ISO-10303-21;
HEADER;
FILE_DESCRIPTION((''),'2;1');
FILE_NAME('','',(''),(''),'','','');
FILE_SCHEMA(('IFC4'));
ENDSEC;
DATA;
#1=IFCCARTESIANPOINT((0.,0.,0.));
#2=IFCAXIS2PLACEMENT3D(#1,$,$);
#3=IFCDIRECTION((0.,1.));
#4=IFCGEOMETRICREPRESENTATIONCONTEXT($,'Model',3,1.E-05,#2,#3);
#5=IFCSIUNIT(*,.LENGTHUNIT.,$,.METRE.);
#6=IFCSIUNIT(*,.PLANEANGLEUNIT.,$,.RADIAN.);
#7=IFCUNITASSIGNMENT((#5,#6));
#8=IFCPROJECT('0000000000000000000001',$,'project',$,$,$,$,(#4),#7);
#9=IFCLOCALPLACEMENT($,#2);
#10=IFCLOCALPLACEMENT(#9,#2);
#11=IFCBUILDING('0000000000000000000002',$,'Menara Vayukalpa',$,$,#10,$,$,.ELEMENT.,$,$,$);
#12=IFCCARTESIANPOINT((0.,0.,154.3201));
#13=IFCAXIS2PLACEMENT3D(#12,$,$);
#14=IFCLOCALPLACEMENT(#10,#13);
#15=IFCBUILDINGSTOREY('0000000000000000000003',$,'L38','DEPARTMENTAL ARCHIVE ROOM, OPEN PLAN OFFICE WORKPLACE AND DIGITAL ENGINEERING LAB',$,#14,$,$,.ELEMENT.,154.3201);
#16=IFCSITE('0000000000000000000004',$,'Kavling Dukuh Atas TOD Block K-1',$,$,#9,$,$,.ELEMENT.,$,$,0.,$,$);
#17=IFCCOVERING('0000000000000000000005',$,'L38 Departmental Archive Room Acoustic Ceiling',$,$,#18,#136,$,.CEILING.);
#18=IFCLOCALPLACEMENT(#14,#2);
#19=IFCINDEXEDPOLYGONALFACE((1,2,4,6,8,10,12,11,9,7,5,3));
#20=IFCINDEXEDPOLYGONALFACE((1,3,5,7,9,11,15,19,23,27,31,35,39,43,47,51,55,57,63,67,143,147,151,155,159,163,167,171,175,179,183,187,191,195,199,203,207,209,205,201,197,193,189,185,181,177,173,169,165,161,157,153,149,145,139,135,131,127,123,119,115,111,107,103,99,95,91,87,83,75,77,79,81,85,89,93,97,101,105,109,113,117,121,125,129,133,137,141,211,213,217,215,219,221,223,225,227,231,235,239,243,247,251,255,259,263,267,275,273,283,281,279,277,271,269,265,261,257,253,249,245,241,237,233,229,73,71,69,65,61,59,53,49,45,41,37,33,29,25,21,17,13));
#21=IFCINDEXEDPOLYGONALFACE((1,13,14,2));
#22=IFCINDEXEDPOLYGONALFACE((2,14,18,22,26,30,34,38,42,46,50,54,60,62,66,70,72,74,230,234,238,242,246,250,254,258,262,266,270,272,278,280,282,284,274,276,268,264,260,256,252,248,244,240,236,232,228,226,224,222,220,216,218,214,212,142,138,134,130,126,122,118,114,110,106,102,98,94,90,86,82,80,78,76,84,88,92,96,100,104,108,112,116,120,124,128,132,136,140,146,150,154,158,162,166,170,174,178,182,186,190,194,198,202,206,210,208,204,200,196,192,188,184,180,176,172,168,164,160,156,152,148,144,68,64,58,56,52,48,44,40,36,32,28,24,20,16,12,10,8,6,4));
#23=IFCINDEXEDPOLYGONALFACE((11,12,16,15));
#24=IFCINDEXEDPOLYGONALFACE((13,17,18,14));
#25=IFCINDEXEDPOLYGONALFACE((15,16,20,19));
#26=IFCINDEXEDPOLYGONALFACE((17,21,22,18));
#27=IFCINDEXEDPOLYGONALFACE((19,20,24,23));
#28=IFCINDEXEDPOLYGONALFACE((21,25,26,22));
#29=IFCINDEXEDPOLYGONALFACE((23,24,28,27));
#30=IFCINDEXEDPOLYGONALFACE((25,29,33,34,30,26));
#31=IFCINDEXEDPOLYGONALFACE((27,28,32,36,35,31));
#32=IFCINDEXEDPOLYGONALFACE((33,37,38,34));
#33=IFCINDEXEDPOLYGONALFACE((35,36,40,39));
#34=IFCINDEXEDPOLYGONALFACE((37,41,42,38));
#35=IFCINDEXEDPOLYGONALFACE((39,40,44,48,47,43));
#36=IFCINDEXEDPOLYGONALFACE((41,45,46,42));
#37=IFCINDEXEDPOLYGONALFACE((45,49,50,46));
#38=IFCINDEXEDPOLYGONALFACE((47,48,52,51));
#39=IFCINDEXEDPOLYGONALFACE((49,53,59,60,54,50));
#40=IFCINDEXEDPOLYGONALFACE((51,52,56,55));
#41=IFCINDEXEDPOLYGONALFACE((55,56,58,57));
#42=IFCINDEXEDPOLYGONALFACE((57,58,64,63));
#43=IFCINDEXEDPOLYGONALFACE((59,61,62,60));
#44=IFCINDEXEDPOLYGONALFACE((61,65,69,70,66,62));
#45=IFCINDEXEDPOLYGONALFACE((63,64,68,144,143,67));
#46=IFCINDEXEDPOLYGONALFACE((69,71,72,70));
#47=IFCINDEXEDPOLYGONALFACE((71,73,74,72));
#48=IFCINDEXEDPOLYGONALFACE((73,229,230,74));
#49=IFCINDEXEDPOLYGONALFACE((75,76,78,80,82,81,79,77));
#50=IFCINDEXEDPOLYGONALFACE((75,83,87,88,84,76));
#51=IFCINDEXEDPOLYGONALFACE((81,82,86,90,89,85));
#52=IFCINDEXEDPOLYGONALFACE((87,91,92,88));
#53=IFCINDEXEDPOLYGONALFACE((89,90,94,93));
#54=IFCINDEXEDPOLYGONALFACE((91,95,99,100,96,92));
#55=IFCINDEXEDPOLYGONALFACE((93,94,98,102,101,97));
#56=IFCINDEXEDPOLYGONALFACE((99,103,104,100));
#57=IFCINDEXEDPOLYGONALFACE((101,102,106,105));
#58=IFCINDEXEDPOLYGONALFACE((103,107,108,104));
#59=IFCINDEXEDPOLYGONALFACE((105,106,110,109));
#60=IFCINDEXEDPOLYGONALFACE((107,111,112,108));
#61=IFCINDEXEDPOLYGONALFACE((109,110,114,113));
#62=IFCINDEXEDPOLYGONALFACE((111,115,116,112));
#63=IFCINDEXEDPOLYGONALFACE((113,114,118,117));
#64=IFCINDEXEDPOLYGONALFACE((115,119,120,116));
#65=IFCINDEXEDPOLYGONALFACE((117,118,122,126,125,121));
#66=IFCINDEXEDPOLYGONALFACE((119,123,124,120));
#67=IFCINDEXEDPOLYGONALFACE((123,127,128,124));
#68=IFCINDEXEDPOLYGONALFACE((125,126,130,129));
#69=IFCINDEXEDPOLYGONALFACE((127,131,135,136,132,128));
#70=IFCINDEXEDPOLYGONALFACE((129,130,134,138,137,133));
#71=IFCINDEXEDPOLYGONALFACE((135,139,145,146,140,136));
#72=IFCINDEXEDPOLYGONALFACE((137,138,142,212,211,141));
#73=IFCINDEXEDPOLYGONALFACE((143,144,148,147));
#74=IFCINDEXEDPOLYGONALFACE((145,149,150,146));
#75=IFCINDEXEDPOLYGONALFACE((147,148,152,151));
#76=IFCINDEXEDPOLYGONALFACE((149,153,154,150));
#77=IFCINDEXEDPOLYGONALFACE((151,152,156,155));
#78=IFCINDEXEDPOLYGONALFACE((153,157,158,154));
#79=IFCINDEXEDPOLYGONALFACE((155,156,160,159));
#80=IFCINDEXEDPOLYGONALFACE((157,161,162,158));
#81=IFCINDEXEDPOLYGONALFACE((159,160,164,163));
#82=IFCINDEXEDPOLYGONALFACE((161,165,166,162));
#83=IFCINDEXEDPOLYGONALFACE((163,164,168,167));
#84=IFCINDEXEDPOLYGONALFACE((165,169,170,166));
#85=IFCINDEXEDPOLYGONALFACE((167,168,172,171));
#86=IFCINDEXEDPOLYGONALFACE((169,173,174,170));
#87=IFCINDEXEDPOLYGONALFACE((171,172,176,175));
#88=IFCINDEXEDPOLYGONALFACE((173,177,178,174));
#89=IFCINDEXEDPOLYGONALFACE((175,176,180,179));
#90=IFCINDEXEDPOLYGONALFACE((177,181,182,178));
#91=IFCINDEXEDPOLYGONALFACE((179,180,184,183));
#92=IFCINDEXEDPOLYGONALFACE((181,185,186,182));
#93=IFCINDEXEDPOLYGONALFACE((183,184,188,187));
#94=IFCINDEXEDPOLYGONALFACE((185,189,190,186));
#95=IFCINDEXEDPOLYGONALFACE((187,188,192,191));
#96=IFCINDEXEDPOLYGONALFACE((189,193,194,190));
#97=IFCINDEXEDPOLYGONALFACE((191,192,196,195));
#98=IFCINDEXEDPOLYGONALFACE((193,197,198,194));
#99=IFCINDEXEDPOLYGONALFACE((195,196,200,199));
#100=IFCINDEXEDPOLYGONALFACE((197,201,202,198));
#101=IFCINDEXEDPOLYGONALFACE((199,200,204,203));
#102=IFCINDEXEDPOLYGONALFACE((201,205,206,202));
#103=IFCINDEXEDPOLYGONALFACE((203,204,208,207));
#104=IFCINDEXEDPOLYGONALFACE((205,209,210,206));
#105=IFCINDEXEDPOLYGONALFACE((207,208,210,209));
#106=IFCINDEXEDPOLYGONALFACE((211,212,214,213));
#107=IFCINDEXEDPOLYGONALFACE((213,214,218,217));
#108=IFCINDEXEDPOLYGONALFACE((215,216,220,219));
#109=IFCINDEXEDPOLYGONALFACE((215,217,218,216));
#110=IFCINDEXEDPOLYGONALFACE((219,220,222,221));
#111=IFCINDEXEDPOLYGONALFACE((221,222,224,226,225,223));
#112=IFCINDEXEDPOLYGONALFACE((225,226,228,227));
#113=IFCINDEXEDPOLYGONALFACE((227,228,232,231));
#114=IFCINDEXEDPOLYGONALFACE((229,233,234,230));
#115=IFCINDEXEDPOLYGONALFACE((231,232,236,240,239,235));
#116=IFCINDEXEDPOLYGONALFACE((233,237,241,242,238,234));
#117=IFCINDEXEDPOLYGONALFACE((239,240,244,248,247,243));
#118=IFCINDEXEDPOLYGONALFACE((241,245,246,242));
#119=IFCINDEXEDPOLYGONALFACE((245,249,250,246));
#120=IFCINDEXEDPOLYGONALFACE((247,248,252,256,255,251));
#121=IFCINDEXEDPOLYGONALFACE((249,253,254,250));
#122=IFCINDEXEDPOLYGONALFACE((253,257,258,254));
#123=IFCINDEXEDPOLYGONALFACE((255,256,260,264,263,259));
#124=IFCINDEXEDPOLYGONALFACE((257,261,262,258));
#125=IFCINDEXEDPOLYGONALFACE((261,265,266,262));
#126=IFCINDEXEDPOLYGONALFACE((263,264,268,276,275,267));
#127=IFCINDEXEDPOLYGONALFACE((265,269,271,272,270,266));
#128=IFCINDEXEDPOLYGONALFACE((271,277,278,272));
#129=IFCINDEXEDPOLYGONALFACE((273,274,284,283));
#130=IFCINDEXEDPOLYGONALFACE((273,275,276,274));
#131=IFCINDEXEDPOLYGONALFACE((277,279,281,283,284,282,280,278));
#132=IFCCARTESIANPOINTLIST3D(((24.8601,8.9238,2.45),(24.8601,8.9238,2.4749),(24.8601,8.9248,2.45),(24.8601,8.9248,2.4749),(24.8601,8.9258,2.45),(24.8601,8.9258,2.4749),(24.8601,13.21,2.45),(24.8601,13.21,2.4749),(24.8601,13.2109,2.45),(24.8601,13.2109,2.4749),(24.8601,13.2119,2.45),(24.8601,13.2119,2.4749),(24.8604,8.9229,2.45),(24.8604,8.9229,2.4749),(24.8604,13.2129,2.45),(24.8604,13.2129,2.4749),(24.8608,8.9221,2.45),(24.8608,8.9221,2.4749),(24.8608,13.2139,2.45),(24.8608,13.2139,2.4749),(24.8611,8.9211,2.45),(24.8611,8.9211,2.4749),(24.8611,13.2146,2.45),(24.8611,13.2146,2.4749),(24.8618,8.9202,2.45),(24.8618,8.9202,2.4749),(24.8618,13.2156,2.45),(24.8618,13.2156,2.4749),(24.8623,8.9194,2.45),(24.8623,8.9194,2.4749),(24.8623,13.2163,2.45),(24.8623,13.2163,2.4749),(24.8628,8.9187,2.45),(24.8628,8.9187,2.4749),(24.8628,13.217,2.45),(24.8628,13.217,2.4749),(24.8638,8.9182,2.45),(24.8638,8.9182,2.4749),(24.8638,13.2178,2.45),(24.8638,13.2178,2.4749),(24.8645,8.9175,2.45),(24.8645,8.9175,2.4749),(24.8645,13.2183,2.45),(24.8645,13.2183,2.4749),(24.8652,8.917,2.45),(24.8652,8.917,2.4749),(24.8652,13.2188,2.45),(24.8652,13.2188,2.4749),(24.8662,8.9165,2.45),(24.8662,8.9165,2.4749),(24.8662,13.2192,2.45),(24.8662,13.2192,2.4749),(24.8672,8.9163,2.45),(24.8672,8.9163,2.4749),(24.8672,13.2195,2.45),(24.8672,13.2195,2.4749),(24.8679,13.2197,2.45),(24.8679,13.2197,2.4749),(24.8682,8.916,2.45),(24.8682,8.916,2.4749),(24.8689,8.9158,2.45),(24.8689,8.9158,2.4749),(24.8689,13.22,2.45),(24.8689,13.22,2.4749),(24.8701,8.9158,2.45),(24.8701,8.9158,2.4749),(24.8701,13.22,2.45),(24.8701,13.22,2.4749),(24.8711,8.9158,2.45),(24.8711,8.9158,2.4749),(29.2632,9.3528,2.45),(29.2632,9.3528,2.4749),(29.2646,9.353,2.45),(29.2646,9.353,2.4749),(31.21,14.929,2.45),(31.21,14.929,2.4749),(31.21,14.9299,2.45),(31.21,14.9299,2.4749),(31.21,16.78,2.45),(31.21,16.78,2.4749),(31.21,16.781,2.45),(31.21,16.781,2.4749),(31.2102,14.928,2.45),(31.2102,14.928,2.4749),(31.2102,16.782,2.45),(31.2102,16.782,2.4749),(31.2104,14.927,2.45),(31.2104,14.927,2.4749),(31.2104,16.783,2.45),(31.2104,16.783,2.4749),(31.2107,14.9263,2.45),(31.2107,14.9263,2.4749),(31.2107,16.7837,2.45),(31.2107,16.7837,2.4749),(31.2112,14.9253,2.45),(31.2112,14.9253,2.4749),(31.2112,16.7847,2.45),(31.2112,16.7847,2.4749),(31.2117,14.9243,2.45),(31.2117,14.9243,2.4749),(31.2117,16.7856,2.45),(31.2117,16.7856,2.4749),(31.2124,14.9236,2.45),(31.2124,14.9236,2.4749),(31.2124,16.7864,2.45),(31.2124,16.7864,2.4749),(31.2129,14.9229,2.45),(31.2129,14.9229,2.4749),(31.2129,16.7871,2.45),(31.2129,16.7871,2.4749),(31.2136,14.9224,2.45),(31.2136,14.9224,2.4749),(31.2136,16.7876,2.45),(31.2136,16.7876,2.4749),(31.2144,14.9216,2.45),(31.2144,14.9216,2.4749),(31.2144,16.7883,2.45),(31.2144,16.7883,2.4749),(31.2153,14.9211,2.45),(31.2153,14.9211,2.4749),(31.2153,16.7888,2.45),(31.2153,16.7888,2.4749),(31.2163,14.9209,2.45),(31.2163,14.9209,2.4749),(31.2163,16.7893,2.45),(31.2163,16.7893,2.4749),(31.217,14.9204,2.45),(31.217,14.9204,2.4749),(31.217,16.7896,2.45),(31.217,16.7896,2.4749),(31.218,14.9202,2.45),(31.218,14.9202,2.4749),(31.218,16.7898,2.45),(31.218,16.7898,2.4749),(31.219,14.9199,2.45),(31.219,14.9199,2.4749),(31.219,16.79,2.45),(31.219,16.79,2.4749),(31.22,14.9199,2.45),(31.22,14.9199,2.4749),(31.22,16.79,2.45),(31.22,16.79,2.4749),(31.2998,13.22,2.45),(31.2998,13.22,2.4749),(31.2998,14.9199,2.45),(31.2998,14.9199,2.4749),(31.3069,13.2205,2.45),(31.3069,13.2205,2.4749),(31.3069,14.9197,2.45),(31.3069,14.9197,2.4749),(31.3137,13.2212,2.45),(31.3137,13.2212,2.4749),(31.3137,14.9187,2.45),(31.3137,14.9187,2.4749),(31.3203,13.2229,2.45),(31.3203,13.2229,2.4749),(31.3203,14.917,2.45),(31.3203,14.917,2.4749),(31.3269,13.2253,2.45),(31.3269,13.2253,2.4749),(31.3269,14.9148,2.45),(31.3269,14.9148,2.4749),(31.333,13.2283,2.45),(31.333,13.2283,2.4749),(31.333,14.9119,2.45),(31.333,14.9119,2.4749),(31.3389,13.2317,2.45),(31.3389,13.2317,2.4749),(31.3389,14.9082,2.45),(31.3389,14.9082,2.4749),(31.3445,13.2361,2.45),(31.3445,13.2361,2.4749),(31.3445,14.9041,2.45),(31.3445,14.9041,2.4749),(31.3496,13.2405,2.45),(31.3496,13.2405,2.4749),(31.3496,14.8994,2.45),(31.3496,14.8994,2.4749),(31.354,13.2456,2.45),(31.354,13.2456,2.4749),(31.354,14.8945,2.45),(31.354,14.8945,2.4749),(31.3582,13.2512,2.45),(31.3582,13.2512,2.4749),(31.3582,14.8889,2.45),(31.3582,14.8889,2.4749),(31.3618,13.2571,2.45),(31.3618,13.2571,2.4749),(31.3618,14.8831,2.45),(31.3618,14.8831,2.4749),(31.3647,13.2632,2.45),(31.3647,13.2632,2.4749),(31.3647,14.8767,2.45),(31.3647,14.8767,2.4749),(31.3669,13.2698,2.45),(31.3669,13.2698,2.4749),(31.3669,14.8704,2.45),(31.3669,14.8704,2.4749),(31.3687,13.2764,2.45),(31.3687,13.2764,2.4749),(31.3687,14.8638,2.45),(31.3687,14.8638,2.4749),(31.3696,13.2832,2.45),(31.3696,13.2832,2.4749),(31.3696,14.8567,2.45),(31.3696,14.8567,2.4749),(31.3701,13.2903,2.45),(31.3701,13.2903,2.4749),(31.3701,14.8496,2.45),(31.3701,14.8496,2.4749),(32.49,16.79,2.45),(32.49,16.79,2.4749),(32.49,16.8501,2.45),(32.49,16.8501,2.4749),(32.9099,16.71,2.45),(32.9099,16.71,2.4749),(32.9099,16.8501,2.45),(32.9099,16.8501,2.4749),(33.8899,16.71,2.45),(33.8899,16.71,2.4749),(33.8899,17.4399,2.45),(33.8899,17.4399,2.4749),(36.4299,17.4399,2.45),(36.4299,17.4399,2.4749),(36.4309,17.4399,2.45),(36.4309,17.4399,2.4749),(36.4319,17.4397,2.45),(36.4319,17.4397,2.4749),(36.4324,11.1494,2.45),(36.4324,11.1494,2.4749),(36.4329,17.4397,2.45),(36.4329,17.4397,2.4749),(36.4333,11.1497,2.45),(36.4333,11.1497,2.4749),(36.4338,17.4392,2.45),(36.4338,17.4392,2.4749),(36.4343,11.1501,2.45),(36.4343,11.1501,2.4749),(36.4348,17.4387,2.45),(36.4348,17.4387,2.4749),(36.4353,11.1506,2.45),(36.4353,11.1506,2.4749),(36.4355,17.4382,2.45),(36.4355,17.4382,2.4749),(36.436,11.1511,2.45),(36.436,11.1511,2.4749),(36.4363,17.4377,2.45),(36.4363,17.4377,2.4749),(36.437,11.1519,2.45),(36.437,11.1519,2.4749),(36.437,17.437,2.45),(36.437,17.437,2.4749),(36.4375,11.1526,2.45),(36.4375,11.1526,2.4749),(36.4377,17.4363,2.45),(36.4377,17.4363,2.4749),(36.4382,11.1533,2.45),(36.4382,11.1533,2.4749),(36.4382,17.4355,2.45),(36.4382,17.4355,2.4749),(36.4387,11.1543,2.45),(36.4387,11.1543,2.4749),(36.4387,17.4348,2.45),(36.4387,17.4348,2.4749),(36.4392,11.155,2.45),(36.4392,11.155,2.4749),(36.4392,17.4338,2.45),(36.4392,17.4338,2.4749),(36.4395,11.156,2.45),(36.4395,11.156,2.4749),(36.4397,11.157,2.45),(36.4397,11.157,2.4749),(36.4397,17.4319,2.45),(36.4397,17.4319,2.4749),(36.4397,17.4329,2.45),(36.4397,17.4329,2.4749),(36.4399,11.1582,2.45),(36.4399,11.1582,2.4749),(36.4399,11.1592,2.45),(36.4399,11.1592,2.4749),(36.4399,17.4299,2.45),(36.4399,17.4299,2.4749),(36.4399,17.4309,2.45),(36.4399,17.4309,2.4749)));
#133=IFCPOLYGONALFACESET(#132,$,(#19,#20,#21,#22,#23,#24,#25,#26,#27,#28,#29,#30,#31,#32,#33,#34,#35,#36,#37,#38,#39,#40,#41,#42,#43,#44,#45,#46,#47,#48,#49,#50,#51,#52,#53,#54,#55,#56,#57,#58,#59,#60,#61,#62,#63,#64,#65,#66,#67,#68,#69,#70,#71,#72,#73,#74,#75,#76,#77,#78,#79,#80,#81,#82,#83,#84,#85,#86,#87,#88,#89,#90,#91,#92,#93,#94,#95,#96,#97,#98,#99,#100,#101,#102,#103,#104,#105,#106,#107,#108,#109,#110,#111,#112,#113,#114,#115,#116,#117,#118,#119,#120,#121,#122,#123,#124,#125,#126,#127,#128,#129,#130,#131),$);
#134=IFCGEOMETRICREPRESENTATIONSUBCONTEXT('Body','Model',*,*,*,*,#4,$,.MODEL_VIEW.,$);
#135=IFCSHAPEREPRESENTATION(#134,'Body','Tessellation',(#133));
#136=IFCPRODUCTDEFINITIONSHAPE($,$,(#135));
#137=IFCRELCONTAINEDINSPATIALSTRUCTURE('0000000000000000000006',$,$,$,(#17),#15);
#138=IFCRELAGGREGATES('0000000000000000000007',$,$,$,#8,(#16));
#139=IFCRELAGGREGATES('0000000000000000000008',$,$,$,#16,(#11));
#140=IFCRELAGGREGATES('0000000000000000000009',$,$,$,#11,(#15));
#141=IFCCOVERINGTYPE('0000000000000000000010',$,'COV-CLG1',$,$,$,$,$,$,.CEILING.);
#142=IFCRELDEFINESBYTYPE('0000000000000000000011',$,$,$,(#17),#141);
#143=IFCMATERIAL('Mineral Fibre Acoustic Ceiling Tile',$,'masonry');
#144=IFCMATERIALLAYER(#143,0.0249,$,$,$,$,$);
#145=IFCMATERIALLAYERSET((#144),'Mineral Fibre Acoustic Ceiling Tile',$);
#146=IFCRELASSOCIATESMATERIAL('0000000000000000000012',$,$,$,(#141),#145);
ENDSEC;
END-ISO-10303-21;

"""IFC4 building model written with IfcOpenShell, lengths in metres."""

from ifc_helpers import new_model, si_unit, direction, frame, origin, place, context, subcontext, project, spatial, polyline, outline, extrude, material, layer, layer_set, type_object, element, save


model = new_model("IFC4")

# Units and contexts
model_context = context("Model", 3, precision=1e-05, world=origin(), true_north=direction((0.0, 1.0)))
body_context = subcontext(model_context, "Body", "Model", "MODEL_VIEW")
ifc_project = project(units=[si_unit("LENGTHUNIT", "METRE"), si_unit("PLANEANGLEUNIT", "RADIAN")], contexts=[model_context])

# Site, building, storey
site_placement = place(None, origin())
site = spatial("IfcSite", under=ifc_project, at=site_placement, Name="Kavling Dukuh Atas TOD Block K-1", CompositionType="ELEMENT", RefElevation=0.0)
building_placement = place(site_placement, origin())
building = spatial("IfcBuilding", under=site, at=building_placement, Name="Menara Vayukalpa", CompositionType="ELEMENT")
storey_placement = place(building_placement, frame((0.0, 0.0, 154.3201)))
storey = spatial("IfcBuildingStorey", under=building, at=storey_placement, Name="L38", Description="DEPARTMENTAL ARCHIVE ROOM, OPEN PLAN OFFICE WORKPLACE AND DIGITAL ENGINEERING LAB", CompositionType="ELEMENT", Elevation=154.3201)

# Covering
ifc_material_1 = material(Name="Mineral Fibre Acoustic Ceiling Tile", Category="masonry")
ifc_layer_1 = layer(ifc_material_1, 0.0249)
ifc_layer_set_1 = layer_set([ifc_layer_1], Name="Mineral Fibre Acoustic Ceiling Tile")
covering_type_1 = type_object("IfcCoveringType", Name="COV-CLG1", PredefinedType="CEILING", material=ifc_layer_set_1)
covering_1_placement = place(storey_placement, frame((0.0, 0.0, 2.45)))
element("IfcCovering", 1, at=covering_1_placement, inside=storey, type_object=covering_type_1, Name="L38 Departmental Archive Room Acoustic Ceiling", PredefinedType="CEILING", context=body_context, shape_type="SweptSolid", body=[
    extrude(outline(polyline([(24.8711, 8.9158), (24.8701, 8.9158), (24.8689, 8.9158), (24.8682, 8.916), (24.8672, 8.9163), (24.8662, 8.9165), (24.8652, 8.917), (24.8645, 8.9175), (24.8638, 8.9182), (24.8628, 8.9187), (24.8623, 8.9194), (24.8618, 8.9202), (24.8611, 8.9211), (24.8608, 8.9221), (24.8604, 8.9229), (24.8601, 8.9238), (24.8601, 8.9248), (24.8601, 8.9258), (24.8601, 13.21), (24.8601, 13.2109), (24.8601, 13.2119), (24.8604, 13.2129), (24.8608, 13.2139), (24.8611, 13.2146), (24.8618, 13.2156), (24.8623, 13.2163), (24.8628, 13.217), (24.8638, 13.2178), (24.8645, 13.2183), (24.8652, 13.2188), (24.8662, 13.2192), (24.8672, 13.2195), (24.8679, 13.2197), (24.8689, 13.22), (24.8701, 13.22), (31.2998, 13.22), (31.3069, 13.2205), (31.3137, 13.2212), (31.3203, 13.2229), (31.3269, 13.2253), (31.333, 13.2283), (31.3389, 13.2317), (31.3445, 13.2361), (31.3496, 13.2405), (31.354, 13.2456), (31.3582, 13.2512), (31.3618, 13.2571), (31.3647, 13.2632), (31.3669, 13.2698), (31.3687, 13.2764), (31.3696, 13.2832), (31.3701, 13.2903), (31.3701, 14.8496), (31.3696, 14.8567), (31.3687, 14.8638), (31.3669, 14.8704), (31.3647, 14.8767), (31.3618, 14.8831), (31.3582, 14.8889), (31.354, 14.8945), (31.3496, 14.8994), (31.3445, 14.9041), (31.3389, 14.9082), (31.333, 14.9119), (31.3269, 14.9148), (31.3203, 14.917), (31.3137, 14.9187), (31.3069, 14.9197), (31.2998, 14.9199), (31.22, 14.9199), (31.219, 14.9199), (31.218, 14.9202), (31.217, 14.9204), (31.2163, 14.9209), (31.2153, 14.9211), (31.2144, 14.9216), (31.2136, 14.9224), (31.2129, 14.9229), (31.2124, 14.9236), (31.2117, 14.9243), (31.2112, 14.9253), (31.2107, 14.9263), (31.2104, 14.927), (31.2102, 14.928), (31.21, 14.929), (31.21, 14.9299), (31.21, 16.78), (31.21, 16.781), (31.2102, 16.782), (31.2104, 16.783), (31.2107, 16.7837), (31.2112, 16.7847), (31.2117, 16.7856), (31.2124, 16.7864), (31.2129, 16.7871), (31.2136, 16.7876), (31.2144, 16.7883), (31.2153, 16.7888), (31.2163, 16.7893), (31.217, 16.7896), (31.218, 16.7898), (31.219, 16.79), (31.22, 16.79), (32.49, 16.79), (32.49, 16.8501), (32.9099, 16.8501), (32.9099, 16.71), (33.8899, 16.71), (33.8899, 17.4399), (36.4299, 17.4399), (36.4309, 17.4399), (36.4319, 17.4397), (36.4329, 17.4397), (36.4338, 17.4392), (36.4348, 17.4387), (36.4355, 17.4382), (36.4363, 17.4377), (36.437, 17.437), (36.4377, 17.4363), (36.4382, 17.4355), (36.4387, 17.4348), (36.4392, 17.4338), (36.4397, 17.4329), (36.4397, 17.4319), (36.4399, 17.4309), (36.4399, 17.4299), (36.4399, 11.1592), (36.4399, 11.1582), (36.4397, 11.157), (36.4395, 11.156), (36.4392, 11.155), (36.4387, 11.1543), (36.4382, 11.1533), (36.4375, 11.1526), (36.437, 11.1519), (36.436, 11.1511), (36.4353, 11.1506), (36.4343, 11.1501), (36.4333, 11.1497), (36.4324, 11.1494), (29.2646, 9.353), (29.2632, 9.3528), (24.8711, 8.9158)])), origin(), (0.0, 0.0, 1.0), 0.0249),
])

save(model, "model.ifc")
